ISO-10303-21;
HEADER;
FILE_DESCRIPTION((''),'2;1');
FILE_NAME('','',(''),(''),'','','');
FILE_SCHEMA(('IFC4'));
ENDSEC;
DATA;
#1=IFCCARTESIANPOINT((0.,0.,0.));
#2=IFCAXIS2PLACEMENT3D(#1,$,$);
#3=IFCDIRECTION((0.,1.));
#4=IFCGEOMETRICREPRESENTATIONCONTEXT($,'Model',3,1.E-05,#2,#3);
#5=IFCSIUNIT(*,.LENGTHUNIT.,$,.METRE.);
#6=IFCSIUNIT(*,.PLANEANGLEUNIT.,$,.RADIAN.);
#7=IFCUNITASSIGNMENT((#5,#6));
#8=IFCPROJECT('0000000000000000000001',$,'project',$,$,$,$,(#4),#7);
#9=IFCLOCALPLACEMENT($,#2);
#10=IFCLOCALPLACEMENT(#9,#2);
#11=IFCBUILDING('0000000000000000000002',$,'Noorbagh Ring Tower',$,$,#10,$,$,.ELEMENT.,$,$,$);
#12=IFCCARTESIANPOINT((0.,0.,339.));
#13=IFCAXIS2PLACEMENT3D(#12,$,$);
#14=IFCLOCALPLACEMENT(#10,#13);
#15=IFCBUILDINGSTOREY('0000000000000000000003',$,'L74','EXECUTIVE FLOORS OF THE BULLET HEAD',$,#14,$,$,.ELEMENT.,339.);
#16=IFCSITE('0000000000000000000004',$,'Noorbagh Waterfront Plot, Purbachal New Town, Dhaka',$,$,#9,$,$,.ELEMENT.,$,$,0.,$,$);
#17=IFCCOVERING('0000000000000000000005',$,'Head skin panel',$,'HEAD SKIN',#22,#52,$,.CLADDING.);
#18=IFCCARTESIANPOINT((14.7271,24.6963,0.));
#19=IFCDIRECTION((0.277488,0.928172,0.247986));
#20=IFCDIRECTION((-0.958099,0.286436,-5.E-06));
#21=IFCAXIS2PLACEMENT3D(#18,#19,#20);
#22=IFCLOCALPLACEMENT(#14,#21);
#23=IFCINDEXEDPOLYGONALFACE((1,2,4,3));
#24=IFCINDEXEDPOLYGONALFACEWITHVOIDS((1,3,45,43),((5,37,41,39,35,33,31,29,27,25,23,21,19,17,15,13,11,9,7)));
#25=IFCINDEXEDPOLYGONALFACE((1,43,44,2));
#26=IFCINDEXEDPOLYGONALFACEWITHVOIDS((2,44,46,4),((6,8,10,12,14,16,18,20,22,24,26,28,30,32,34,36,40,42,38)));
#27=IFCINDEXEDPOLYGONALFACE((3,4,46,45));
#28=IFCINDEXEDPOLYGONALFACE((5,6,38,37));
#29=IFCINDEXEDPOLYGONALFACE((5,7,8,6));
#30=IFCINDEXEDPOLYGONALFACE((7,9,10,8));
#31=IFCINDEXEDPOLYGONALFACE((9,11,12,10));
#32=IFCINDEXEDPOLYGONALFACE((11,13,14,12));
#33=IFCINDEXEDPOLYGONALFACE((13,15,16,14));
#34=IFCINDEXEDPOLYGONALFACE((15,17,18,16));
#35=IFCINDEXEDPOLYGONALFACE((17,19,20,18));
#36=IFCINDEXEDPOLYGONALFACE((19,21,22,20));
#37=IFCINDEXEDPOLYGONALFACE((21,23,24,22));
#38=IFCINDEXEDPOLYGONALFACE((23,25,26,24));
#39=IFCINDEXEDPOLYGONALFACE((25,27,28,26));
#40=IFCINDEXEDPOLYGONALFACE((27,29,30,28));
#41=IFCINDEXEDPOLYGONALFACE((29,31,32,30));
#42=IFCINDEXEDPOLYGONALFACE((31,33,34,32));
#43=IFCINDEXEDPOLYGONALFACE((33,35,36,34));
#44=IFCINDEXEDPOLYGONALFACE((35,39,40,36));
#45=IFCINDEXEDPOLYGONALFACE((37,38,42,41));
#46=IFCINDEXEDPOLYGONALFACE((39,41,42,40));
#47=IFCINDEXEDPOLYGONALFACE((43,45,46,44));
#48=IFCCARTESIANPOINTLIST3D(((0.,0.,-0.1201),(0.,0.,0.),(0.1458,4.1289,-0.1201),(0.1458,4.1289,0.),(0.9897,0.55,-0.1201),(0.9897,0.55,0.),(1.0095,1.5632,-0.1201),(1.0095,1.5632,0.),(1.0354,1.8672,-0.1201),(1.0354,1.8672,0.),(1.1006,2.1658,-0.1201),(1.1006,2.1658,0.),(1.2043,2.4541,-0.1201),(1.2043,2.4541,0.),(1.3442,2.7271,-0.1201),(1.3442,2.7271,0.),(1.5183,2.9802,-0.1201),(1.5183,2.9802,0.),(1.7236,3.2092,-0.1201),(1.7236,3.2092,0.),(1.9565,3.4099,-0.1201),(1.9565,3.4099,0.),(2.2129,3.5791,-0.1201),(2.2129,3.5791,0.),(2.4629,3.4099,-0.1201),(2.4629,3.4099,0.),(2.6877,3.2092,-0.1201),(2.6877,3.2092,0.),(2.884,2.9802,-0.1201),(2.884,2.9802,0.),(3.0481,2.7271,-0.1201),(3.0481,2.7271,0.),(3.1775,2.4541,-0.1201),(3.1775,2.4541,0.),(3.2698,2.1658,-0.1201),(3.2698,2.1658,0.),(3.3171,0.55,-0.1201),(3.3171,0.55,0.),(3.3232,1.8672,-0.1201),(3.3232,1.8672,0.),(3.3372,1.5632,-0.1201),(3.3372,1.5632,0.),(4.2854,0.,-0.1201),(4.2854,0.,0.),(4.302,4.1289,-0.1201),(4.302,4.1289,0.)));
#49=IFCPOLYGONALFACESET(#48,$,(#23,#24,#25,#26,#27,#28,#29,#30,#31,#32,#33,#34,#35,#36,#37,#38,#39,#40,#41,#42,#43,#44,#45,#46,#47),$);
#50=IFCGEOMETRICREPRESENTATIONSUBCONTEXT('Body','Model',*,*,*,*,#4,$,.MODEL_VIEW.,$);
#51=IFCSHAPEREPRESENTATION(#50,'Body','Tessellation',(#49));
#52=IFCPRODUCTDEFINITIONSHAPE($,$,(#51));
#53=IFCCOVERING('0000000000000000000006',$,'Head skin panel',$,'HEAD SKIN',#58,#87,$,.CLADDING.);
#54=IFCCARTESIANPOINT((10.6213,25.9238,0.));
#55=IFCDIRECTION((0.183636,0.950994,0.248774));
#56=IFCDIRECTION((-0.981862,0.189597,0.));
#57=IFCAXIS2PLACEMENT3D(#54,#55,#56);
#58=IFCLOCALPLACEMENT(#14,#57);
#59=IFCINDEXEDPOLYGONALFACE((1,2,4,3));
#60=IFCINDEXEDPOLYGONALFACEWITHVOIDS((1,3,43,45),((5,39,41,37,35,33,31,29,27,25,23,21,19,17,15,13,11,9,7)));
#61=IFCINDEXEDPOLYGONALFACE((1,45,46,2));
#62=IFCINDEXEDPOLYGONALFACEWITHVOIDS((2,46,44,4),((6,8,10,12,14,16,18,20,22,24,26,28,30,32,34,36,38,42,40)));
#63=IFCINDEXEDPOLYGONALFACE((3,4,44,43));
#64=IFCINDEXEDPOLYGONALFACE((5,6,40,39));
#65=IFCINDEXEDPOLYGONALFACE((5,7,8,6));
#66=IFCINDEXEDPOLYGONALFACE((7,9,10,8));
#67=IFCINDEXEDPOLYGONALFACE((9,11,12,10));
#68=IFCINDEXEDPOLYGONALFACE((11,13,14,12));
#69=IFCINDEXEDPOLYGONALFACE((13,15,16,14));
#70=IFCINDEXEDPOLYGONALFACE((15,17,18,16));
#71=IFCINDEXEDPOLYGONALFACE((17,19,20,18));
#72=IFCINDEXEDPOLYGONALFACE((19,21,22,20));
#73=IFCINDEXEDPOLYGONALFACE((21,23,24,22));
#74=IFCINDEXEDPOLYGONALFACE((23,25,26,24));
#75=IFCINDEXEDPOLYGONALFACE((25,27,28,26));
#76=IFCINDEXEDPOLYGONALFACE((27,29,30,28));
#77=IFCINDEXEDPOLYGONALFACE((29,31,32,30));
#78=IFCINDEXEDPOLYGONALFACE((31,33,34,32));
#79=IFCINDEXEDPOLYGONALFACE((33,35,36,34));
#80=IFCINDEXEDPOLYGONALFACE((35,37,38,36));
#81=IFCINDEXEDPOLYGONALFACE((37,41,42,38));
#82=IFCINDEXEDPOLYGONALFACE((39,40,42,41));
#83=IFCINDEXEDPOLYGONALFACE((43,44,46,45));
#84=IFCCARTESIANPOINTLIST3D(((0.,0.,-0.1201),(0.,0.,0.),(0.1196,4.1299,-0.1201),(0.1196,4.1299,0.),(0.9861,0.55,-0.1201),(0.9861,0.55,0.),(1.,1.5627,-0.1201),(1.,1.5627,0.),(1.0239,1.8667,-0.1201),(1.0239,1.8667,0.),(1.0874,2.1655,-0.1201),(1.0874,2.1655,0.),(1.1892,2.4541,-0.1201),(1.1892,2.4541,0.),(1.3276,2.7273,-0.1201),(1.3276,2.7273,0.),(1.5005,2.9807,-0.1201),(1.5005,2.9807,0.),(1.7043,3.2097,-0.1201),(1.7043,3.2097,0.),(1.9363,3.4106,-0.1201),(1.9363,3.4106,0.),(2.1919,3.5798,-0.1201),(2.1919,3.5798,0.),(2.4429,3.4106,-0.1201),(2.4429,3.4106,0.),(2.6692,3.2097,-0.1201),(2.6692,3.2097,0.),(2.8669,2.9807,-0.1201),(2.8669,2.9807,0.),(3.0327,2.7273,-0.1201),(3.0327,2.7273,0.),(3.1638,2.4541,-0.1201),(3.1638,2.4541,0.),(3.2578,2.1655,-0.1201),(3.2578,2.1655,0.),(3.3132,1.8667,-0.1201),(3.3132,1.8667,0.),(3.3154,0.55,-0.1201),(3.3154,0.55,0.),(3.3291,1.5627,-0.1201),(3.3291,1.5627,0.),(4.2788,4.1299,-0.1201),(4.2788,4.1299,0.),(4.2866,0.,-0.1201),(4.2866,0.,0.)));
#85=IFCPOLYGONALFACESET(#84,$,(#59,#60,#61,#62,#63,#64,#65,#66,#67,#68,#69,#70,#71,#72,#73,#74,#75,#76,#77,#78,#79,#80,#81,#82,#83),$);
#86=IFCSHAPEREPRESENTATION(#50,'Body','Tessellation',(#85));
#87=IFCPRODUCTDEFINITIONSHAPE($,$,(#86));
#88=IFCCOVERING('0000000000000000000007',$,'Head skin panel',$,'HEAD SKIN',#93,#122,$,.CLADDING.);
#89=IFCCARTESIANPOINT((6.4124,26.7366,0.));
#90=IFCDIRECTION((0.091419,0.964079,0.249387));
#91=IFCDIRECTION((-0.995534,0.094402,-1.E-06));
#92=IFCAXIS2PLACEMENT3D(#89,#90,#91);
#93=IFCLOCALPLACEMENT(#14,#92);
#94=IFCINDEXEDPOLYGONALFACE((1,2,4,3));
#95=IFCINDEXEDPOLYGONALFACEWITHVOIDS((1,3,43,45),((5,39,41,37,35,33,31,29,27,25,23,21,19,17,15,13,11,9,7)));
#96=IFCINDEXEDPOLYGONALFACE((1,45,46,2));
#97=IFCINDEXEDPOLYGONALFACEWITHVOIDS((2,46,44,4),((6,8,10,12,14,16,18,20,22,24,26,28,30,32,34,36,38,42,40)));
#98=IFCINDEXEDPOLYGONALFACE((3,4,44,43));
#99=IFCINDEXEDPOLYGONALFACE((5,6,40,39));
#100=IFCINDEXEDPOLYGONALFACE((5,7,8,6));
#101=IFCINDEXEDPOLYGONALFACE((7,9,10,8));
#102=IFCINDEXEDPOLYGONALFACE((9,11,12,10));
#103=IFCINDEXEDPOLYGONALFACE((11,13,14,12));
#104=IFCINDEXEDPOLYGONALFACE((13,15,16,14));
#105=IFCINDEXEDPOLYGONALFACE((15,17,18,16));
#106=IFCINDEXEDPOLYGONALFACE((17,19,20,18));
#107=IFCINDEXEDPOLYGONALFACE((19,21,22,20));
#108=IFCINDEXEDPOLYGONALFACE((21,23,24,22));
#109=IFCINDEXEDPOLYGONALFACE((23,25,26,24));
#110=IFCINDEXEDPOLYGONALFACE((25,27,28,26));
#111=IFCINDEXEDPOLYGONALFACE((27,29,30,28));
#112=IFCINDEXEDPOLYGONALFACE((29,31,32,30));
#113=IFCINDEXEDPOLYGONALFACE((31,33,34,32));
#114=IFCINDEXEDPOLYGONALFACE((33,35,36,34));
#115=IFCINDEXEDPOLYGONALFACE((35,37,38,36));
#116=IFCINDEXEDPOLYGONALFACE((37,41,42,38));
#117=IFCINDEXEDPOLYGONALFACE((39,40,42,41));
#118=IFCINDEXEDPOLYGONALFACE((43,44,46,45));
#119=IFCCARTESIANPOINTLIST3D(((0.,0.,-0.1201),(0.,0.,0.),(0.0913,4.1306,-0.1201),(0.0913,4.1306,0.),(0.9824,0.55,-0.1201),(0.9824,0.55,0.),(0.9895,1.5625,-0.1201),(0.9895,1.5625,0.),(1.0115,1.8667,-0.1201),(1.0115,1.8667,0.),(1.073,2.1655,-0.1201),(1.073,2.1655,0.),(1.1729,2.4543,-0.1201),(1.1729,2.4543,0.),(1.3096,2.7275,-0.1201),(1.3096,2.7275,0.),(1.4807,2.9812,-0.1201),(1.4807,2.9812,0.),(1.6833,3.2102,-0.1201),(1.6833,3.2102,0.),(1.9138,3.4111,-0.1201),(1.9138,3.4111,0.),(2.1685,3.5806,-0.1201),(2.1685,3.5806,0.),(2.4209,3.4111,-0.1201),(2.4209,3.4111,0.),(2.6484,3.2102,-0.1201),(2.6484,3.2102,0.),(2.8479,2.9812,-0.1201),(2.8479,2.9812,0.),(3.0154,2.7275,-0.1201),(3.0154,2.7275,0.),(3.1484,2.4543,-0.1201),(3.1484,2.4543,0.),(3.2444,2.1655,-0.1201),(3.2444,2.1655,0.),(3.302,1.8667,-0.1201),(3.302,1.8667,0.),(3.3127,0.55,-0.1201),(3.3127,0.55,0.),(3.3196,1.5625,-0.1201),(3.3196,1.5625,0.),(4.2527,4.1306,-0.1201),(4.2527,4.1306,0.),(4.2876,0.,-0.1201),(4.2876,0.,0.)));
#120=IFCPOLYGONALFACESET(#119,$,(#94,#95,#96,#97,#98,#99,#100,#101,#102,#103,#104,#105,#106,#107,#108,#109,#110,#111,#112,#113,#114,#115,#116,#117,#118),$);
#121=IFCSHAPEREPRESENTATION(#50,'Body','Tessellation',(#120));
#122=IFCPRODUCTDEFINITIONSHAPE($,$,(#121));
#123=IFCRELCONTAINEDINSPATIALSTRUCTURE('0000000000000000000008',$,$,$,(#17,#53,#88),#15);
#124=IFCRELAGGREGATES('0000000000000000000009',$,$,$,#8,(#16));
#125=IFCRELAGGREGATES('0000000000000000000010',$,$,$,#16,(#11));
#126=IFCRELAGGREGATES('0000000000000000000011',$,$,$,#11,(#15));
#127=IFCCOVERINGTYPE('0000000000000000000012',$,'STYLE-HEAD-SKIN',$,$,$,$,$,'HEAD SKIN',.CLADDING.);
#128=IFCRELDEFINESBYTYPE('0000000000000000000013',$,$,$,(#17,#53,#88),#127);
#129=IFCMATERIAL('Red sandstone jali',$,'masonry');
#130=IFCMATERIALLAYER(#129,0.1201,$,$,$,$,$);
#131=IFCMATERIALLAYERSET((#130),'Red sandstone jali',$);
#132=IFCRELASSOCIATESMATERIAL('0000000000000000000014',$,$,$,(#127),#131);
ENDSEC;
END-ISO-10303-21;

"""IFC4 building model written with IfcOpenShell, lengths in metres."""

from ifc_helpers import new_model, si_unit, direction, frame, origin, place, context, subcontext, project, spatial, polyline, outline, extrude, material, layer, layer_set, type_object, element, save


model = new_model("IFC4")

# Units and contexts
model_context = context("Model", 3, precision=1e-05, world=origin(), true_north=direction((0.0, 1.0)))
body_context = subcontext(model_context, "Body", "Model", "MODEL_VIEW")
ifc_project = project(units=[si_unit("LENGTHUNIT", "METRE"), si_unit("PLANEANGLEUNIT", "RADIAN")], contexts=[model_context])

# Site, building, storey
site_placement = place(None, origin())
site = spatial("IfcSite", under=ifc_project, at=site_placement, Name="Noorbagh Waterfront Plot, Purbachal New Town, Dhaka", CompositionType="ELEMENT", RefElevation=0.0)
building_placement = place(site_placement, origin())
building = spatial("IfcBuilding", under=site, at=building_placement, Name="Noorbagh Ring Tower", CompositionType="ELEMENT")
storey_placement = place(building_placement, frame((0.0, 0.0, 339.0)))
storey = spatial("IfcBuildingStorey", under=building, at=storey_placement, Name="L74", Description="EXECUTIVE FLOORS OF THE BULLET HEAD", CompositionType="ELEMENT", Elevation=339.0)

# Coverings
ifc_material_1 = material(Name="Red sandstone jali", Category="masonry")
ifc_layer_1 = layer(ifc_material_1, 0.1201)
ifc_layer_set_1 = layer_set([ifc_layer_1], Name="Red sandstone jali")
covering_type_1 = type_object("IfcCoveringType", Name="STYLE-HEAD-SKIN", ElementType="HEAD SKIN", PredefinedType="CLADDING", material=ifc_layer_set_1)
covering_1_placement = place(storey_placement, frame((14.7271, 24.6963, 0.0), z_axis=(0.277488, 0.928172, 0.247986), x_axis=(-0.958099, 0.286436, -0.000005)))
element("IfcCovering", 1, at=covering_1_placement, inside=storey, type_object=covering_type_1, Name="Head skin panel", ObjectType="HEAD SKIN", PredefinedType="CLADDING", context=body_context, shape_type="SweptSolid", body=[
    extrude(outline(polyline([(0.0, 0.0), (4.2854, 0.0), (4.302, 4.1289), (0.1458, 4.1289), (0.0, 0.0)]), holes=[polyline([(0.9897, 0.55), (1.0095, 1.5632), (1.0354, 1.8672), (1.1006, 2.1658), (1.2043, 2.4541), (1.3442, 2.7271), (1.5183, 2.9802), (1.7236, 3.2092), (1.9565, 3.4099), (2.2129, 3.5791), (2.4629, 3.4099), (2.6877, 3.2092), (2.884, 2.9802), (3.0481, 2.7271), (3.1775, 2.4541), (3.2698, 2.1658), (3.3232, 1.8672), (3.3372, 1.5632), (3.3171, 0.55), (0.9897, 0.55)])]), origin(), (0.0, 0.0, -1.0), 0.1201),
])
covering_2_placement = place(storey_placement, frame((10.6213, 25.9238, 0.0), z_axis=(0.183636, 0.950994, 0.248774), x_axis=(-0.981862, 0.189597, 0.0)))
element("IfcCovering", 2, at=covering_2_placement, inside=storey, type_object=covering_type_1, Name="Head skin panel", ObjectType="HEAD SKIN", PredefinedType="CLADDING", context=body_context, shape_type="SweptSolid", body=[
    extrude(outline(polyline([(0.0, 0.0), (4.2866, 0.0), (4.2788, 4.1299), (0.1196, 4.1299), (0.0, 0.0)]), holes=[polyline([(0.9861, 0.55), (1.0, 1.5627), (1.0239, 1.8667), (1.0874, 2.1655), (1.1892, 2.4541), (1.3276, 2.7273), (1.5005, 2.9807), (1.7043, 3.2097), (1.9363, 3.4106), (2.1919, 3.5798), (2.4429, 3.4106), (2.6692, 3.2097), (2.8669, 2.9807), (3.0327, 2.7273), (3.1638, 2.4541), (3.2578, 2.1655), (3.3132, 1.8667), (3.3291, 1.5627), (3.3154, 0.55), (0.9861, 0.55)])]), origin(), (0.0, 0.0, -1.0), 0.1201),
])
covering_3_placement = place(storey_placement, frame((6.4124, 26.7366, 0.0), z_axis=(0.091419, 0.964079, 0.249387), x_axis=(-0.995534, 0.094402, -0.000001)))
element("IfcCovering", 3, at=covering_3_placement, inside=storey, type_object=covering_type_1, Name="Head skin panel", ObjectType="HEAD SKIN", PredefinedType="CLADDING", context=body_context, shape_type="SweptSolid", body=[
    extrude(outline(polyline([(0.0, 0.0), (4.2876, 0.0), (4.2527, 4.1306), (0.0913, 4.1306), (0.0, 0.0)]), holes=[polyline([(0.9824, 0.55), (0.9895, 1.5625), (1.0115, 1.8667), (1.073, 2.1655), (1.1729, 2.4543), (1.3096, 2.7275), (1.4807, 2.9812), (1.6833, 3.2102), (1.9138, 3.4111), (2.1685, 3.5806), (2.4209, 3.4111), (2.6484, 3.2102), (2.8479, 2.9812), (3.0154, 2.7275), (3.1484, 2.4543), (3.2444, 2.1655), (3.302, 1.8667), (3.3196, 1.5625), (3.3127, 0.55), (0.9824, 0.55)])]), origin(), (0.0, 0.0, -1.0), 0.1201),
])

save(model, "model.ifc")
